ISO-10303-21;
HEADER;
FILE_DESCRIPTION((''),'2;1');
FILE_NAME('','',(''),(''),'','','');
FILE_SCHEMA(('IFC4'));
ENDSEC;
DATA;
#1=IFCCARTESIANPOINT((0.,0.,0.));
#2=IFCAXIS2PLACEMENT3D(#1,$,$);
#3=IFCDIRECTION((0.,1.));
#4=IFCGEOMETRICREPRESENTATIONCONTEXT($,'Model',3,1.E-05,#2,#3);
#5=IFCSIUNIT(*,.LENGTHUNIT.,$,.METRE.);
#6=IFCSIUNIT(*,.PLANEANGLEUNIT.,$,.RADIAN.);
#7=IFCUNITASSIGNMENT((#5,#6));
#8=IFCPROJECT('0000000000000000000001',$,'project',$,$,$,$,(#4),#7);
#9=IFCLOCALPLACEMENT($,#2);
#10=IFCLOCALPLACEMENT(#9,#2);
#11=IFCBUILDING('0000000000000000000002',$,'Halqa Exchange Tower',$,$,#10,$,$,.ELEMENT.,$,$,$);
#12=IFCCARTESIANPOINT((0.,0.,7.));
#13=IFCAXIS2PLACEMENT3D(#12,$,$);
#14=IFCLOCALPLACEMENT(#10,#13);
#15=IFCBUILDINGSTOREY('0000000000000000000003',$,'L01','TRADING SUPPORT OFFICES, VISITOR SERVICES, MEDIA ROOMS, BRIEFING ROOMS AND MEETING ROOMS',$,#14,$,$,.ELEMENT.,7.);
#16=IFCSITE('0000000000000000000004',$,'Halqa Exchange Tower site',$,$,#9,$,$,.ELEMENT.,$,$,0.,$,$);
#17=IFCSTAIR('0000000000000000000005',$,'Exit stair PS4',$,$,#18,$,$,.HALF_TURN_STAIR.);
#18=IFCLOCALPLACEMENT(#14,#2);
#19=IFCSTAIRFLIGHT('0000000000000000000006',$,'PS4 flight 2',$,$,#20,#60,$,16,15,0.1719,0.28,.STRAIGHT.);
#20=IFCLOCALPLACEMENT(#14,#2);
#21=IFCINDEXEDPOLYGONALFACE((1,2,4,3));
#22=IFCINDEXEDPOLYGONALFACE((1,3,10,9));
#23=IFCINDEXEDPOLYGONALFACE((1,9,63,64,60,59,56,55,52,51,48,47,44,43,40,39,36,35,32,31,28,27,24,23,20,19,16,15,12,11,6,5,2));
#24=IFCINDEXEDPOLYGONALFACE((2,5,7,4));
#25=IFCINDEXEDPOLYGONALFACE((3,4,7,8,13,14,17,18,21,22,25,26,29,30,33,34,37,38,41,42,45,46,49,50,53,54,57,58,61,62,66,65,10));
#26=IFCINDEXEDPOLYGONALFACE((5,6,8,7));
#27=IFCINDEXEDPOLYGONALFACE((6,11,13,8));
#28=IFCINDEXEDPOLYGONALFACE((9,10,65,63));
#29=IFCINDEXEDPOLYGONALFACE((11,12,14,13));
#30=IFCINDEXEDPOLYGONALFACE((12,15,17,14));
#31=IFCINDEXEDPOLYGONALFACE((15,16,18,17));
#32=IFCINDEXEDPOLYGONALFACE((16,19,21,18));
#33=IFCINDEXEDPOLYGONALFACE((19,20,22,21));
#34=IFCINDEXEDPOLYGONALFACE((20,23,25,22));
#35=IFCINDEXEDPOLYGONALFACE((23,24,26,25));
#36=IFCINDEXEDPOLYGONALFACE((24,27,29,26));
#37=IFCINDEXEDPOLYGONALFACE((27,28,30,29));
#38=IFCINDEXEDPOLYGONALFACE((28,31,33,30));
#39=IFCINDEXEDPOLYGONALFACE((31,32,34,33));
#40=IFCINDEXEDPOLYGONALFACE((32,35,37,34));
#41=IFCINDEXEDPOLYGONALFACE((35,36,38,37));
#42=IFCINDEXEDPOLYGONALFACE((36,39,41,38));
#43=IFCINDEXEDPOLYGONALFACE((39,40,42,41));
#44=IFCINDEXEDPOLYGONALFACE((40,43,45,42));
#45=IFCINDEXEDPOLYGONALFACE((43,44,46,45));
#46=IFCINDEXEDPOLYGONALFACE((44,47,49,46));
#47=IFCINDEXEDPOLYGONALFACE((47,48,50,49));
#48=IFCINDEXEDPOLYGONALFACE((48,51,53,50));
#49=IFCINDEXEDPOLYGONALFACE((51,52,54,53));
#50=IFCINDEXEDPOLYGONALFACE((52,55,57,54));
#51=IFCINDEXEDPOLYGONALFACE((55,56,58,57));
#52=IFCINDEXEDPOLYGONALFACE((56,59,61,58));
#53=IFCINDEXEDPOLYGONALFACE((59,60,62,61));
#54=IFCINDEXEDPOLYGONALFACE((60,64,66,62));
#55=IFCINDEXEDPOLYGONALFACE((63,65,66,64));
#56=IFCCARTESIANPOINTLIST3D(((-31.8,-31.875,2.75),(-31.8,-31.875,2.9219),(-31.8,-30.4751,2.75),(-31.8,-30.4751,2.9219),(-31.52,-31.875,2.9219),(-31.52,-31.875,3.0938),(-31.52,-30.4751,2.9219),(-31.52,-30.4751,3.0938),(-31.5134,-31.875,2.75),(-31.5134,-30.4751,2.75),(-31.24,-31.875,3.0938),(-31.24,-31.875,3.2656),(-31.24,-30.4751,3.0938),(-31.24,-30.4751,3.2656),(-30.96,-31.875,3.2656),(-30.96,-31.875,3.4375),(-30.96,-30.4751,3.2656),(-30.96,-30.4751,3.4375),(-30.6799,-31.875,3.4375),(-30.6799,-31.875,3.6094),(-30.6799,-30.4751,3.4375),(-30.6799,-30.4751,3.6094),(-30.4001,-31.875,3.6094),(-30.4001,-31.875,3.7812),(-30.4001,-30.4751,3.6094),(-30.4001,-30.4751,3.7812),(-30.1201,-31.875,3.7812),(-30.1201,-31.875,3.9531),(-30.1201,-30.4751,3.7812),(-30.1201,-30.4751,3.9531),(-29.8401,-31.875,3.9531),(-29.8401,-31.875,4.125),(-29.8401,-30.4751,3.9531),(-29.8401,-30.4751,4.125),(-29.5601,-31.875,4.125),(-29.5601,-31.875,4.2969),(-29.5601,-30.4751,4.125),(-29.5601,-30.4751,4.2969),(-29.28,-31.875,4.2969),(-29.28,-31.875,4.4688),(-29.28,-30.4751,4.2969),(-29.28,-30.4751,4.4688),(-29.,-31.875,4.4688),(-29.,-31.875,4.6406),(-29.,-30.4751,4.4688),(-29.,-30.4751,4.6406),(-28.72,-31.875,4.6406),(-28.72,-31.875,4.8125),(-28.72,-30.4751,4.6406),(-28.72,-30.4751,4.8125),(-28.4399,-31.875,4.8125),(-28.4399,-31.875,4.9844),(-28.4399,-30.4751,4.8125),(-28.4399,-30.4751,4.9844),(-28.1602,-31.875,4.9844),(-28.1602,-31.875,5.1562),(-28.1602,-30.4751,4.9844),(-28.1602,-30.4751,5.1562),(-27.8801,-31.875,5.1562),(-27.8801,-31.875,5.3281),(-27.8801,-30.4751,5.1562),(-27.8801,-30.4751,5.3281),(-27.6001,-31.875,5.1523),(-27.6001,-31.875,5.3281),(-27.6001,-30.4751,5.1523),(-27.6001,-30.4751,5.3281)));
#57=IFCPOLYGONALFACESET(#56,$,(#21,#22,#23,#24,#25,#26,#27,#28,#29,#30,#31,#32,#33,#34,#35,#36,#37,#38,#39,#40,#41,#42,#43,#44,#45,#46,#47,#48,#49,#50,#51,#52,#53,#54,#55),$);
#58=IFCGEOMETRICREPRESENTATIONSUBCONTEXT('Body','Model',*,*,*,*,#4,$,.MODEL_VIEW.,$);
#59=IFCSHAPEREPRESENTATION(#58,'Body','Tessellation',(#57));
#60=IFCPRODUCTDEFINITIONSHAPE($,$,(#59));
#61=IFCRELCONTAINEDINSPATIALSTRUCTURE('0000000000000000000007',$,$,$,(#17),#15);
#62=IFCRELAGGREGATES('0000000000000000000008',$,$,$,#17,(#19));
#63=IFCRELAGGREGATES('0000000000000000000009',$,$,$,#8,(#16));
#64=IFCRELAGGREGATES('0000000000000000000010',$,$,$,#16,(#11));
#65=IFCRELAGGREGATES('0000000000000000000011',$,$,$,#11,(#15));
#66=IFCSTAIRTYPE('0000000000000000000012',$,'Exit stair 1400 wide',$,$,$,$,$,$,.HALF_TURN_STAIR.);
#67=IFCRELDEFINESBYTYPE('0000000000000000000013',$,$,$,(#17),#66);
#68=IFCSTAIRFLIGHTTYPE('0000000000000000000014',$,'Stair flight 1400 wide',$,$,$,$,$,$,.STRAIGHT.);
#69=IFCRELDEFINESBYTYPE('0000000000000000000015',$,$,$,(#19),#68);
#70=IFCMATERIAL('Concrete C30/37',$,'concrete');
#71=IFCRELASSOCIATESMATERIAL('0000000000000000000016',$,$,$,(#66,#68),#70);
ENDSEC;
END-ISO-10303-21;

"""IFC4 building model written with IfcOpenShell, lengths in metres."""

from ifc_helpers import new_model, si_unit, direction, frame, origin, place, context, subcontext, project, spatial, polyline, outline, extrude, material, type_object, element, aggregate, save


model = new_model("IFC4")

# Units and contexts
model_context = context("Model", 3, precision=1e-05, world=origin(), true_north=direction((0.0, 1.0)))
body_context = subcontext(model_context, "Body", "Model", "MODEL_VIEW")
ifc_project = project(units=[si_unit("LENGTHUNIT", "METRE"), si_unit("PLANEANGLEUNIT", "RADIAN")], contexts=[model_context])

# Site, building, storey
site_placement = place(None, origin())
site = spatial("IfcSite", under=ifc_project, at=site_placement, Name="Halqa Exchange Tower site", CompositionType="ELEMENT", RefElevation=0.0)
building_placement = place(site_placement, origin())
building = spatial("IfcBuilding", under=site, at=building_placement, Name="Halqa Exchange Tower", CompositionType="ELEMENT")
storey_placement = place(building_placement, frame((0.0, 0.0, 7.0)))
storey = spatial("IfcBuildingStorey", under=building, at=storey_placement, Name="L01", Description="TRADING SUPPORT OFFICES, VISITOR SERVICES, MEDIA ROOMS, BRIEFING ROOMS AND MEETING ROOMS", CompositionType="ELEMENT", Elevation=7.0)

# Shared definitions
ifc_material_1 = material(Name="Concrete C30/37", Category="concrete")

# Stair, stair flight
stair_type = type_object("IfcStairType", Name="Exit stair 1400 wide", PredefinedType="HALF_TURN_STAIR", material=ifc_material_1)
stair_placement = place(storey_placement, origin())
stair = element("IfcStair", 1, at=stair_placement, inside=storey, type_object=stair_type, Name="Exit stair PS4", PredefinedType="HALF_TURN_STAIR")
stair_flight_type = type_object("IfcStairFlightType", Name="Stair flight 1400 wide", PredefinedType="STRAIGHT", material=ifc_material_1)
stair_flight_placement = place(storey_placement, frame((-31.8, -31.175, 2.75), z_axis=(0.0, 0.0, 1.0), x_axis=(1.0, 0.0, 0.0)))
stair_flight = element("IfcStairFlight", 2, at=stair_flight_placement, type_object=stair_flight_type, Name="PS4 flight 2", NumberOfRisers=16, NumberOfTreads=15, PredefinedType="STRAIGHT", RiserHeight=0.1719, TreadLength=0.28, context=body_context, shape_type="SweptSolid", body=[
    extrude(outline(polyline([(0.0, 0.0), (0.0, 0.1719), (0.28, 0.1719), (0.28, 0.3438), (0.5601, 0.3438), (0.5601, 0.5156), (0.8401, 0.5156), (0.8401, 0.6875), (1.1201, 0.6875), (1.1201, 0.8594), (1.3999, 0.8594), (1.3999, 1.0312), (1.6799, 1.0312), (1.6799, 1.2031), (1.96, 1.2031), (1.96, 1.375), (2.24, 1.375), (2.24, 1.5469), (2.52, 1.5469), (2.52, 1.7188), (2.8, 1.7188), (2.8, 1.8906), (3.0801, 1.8906), (3.0801, 2.0625), (3.3601, 2.0625), (3.3601, 2.2344), (3.6399, 2.2344), (3.6399, 2.4062), (3.9199, 2.4062), (3.9199, 2.5781), (4.2, 2.5781), (4.2, 2.75), (4.2, 2.4023), (0.2866, 0.0), (0.0, 0.0)])), frame((0.0, 0.7, 0.0), z_axis=(0.0, -1.0, 0.0), x_axis=(1.0, 0.0, 0.0)), (0.0, 0.0, 1.0), 1.3999),
])
aggregate(stair, [stair_flight])

save(model, "model.ifc")
